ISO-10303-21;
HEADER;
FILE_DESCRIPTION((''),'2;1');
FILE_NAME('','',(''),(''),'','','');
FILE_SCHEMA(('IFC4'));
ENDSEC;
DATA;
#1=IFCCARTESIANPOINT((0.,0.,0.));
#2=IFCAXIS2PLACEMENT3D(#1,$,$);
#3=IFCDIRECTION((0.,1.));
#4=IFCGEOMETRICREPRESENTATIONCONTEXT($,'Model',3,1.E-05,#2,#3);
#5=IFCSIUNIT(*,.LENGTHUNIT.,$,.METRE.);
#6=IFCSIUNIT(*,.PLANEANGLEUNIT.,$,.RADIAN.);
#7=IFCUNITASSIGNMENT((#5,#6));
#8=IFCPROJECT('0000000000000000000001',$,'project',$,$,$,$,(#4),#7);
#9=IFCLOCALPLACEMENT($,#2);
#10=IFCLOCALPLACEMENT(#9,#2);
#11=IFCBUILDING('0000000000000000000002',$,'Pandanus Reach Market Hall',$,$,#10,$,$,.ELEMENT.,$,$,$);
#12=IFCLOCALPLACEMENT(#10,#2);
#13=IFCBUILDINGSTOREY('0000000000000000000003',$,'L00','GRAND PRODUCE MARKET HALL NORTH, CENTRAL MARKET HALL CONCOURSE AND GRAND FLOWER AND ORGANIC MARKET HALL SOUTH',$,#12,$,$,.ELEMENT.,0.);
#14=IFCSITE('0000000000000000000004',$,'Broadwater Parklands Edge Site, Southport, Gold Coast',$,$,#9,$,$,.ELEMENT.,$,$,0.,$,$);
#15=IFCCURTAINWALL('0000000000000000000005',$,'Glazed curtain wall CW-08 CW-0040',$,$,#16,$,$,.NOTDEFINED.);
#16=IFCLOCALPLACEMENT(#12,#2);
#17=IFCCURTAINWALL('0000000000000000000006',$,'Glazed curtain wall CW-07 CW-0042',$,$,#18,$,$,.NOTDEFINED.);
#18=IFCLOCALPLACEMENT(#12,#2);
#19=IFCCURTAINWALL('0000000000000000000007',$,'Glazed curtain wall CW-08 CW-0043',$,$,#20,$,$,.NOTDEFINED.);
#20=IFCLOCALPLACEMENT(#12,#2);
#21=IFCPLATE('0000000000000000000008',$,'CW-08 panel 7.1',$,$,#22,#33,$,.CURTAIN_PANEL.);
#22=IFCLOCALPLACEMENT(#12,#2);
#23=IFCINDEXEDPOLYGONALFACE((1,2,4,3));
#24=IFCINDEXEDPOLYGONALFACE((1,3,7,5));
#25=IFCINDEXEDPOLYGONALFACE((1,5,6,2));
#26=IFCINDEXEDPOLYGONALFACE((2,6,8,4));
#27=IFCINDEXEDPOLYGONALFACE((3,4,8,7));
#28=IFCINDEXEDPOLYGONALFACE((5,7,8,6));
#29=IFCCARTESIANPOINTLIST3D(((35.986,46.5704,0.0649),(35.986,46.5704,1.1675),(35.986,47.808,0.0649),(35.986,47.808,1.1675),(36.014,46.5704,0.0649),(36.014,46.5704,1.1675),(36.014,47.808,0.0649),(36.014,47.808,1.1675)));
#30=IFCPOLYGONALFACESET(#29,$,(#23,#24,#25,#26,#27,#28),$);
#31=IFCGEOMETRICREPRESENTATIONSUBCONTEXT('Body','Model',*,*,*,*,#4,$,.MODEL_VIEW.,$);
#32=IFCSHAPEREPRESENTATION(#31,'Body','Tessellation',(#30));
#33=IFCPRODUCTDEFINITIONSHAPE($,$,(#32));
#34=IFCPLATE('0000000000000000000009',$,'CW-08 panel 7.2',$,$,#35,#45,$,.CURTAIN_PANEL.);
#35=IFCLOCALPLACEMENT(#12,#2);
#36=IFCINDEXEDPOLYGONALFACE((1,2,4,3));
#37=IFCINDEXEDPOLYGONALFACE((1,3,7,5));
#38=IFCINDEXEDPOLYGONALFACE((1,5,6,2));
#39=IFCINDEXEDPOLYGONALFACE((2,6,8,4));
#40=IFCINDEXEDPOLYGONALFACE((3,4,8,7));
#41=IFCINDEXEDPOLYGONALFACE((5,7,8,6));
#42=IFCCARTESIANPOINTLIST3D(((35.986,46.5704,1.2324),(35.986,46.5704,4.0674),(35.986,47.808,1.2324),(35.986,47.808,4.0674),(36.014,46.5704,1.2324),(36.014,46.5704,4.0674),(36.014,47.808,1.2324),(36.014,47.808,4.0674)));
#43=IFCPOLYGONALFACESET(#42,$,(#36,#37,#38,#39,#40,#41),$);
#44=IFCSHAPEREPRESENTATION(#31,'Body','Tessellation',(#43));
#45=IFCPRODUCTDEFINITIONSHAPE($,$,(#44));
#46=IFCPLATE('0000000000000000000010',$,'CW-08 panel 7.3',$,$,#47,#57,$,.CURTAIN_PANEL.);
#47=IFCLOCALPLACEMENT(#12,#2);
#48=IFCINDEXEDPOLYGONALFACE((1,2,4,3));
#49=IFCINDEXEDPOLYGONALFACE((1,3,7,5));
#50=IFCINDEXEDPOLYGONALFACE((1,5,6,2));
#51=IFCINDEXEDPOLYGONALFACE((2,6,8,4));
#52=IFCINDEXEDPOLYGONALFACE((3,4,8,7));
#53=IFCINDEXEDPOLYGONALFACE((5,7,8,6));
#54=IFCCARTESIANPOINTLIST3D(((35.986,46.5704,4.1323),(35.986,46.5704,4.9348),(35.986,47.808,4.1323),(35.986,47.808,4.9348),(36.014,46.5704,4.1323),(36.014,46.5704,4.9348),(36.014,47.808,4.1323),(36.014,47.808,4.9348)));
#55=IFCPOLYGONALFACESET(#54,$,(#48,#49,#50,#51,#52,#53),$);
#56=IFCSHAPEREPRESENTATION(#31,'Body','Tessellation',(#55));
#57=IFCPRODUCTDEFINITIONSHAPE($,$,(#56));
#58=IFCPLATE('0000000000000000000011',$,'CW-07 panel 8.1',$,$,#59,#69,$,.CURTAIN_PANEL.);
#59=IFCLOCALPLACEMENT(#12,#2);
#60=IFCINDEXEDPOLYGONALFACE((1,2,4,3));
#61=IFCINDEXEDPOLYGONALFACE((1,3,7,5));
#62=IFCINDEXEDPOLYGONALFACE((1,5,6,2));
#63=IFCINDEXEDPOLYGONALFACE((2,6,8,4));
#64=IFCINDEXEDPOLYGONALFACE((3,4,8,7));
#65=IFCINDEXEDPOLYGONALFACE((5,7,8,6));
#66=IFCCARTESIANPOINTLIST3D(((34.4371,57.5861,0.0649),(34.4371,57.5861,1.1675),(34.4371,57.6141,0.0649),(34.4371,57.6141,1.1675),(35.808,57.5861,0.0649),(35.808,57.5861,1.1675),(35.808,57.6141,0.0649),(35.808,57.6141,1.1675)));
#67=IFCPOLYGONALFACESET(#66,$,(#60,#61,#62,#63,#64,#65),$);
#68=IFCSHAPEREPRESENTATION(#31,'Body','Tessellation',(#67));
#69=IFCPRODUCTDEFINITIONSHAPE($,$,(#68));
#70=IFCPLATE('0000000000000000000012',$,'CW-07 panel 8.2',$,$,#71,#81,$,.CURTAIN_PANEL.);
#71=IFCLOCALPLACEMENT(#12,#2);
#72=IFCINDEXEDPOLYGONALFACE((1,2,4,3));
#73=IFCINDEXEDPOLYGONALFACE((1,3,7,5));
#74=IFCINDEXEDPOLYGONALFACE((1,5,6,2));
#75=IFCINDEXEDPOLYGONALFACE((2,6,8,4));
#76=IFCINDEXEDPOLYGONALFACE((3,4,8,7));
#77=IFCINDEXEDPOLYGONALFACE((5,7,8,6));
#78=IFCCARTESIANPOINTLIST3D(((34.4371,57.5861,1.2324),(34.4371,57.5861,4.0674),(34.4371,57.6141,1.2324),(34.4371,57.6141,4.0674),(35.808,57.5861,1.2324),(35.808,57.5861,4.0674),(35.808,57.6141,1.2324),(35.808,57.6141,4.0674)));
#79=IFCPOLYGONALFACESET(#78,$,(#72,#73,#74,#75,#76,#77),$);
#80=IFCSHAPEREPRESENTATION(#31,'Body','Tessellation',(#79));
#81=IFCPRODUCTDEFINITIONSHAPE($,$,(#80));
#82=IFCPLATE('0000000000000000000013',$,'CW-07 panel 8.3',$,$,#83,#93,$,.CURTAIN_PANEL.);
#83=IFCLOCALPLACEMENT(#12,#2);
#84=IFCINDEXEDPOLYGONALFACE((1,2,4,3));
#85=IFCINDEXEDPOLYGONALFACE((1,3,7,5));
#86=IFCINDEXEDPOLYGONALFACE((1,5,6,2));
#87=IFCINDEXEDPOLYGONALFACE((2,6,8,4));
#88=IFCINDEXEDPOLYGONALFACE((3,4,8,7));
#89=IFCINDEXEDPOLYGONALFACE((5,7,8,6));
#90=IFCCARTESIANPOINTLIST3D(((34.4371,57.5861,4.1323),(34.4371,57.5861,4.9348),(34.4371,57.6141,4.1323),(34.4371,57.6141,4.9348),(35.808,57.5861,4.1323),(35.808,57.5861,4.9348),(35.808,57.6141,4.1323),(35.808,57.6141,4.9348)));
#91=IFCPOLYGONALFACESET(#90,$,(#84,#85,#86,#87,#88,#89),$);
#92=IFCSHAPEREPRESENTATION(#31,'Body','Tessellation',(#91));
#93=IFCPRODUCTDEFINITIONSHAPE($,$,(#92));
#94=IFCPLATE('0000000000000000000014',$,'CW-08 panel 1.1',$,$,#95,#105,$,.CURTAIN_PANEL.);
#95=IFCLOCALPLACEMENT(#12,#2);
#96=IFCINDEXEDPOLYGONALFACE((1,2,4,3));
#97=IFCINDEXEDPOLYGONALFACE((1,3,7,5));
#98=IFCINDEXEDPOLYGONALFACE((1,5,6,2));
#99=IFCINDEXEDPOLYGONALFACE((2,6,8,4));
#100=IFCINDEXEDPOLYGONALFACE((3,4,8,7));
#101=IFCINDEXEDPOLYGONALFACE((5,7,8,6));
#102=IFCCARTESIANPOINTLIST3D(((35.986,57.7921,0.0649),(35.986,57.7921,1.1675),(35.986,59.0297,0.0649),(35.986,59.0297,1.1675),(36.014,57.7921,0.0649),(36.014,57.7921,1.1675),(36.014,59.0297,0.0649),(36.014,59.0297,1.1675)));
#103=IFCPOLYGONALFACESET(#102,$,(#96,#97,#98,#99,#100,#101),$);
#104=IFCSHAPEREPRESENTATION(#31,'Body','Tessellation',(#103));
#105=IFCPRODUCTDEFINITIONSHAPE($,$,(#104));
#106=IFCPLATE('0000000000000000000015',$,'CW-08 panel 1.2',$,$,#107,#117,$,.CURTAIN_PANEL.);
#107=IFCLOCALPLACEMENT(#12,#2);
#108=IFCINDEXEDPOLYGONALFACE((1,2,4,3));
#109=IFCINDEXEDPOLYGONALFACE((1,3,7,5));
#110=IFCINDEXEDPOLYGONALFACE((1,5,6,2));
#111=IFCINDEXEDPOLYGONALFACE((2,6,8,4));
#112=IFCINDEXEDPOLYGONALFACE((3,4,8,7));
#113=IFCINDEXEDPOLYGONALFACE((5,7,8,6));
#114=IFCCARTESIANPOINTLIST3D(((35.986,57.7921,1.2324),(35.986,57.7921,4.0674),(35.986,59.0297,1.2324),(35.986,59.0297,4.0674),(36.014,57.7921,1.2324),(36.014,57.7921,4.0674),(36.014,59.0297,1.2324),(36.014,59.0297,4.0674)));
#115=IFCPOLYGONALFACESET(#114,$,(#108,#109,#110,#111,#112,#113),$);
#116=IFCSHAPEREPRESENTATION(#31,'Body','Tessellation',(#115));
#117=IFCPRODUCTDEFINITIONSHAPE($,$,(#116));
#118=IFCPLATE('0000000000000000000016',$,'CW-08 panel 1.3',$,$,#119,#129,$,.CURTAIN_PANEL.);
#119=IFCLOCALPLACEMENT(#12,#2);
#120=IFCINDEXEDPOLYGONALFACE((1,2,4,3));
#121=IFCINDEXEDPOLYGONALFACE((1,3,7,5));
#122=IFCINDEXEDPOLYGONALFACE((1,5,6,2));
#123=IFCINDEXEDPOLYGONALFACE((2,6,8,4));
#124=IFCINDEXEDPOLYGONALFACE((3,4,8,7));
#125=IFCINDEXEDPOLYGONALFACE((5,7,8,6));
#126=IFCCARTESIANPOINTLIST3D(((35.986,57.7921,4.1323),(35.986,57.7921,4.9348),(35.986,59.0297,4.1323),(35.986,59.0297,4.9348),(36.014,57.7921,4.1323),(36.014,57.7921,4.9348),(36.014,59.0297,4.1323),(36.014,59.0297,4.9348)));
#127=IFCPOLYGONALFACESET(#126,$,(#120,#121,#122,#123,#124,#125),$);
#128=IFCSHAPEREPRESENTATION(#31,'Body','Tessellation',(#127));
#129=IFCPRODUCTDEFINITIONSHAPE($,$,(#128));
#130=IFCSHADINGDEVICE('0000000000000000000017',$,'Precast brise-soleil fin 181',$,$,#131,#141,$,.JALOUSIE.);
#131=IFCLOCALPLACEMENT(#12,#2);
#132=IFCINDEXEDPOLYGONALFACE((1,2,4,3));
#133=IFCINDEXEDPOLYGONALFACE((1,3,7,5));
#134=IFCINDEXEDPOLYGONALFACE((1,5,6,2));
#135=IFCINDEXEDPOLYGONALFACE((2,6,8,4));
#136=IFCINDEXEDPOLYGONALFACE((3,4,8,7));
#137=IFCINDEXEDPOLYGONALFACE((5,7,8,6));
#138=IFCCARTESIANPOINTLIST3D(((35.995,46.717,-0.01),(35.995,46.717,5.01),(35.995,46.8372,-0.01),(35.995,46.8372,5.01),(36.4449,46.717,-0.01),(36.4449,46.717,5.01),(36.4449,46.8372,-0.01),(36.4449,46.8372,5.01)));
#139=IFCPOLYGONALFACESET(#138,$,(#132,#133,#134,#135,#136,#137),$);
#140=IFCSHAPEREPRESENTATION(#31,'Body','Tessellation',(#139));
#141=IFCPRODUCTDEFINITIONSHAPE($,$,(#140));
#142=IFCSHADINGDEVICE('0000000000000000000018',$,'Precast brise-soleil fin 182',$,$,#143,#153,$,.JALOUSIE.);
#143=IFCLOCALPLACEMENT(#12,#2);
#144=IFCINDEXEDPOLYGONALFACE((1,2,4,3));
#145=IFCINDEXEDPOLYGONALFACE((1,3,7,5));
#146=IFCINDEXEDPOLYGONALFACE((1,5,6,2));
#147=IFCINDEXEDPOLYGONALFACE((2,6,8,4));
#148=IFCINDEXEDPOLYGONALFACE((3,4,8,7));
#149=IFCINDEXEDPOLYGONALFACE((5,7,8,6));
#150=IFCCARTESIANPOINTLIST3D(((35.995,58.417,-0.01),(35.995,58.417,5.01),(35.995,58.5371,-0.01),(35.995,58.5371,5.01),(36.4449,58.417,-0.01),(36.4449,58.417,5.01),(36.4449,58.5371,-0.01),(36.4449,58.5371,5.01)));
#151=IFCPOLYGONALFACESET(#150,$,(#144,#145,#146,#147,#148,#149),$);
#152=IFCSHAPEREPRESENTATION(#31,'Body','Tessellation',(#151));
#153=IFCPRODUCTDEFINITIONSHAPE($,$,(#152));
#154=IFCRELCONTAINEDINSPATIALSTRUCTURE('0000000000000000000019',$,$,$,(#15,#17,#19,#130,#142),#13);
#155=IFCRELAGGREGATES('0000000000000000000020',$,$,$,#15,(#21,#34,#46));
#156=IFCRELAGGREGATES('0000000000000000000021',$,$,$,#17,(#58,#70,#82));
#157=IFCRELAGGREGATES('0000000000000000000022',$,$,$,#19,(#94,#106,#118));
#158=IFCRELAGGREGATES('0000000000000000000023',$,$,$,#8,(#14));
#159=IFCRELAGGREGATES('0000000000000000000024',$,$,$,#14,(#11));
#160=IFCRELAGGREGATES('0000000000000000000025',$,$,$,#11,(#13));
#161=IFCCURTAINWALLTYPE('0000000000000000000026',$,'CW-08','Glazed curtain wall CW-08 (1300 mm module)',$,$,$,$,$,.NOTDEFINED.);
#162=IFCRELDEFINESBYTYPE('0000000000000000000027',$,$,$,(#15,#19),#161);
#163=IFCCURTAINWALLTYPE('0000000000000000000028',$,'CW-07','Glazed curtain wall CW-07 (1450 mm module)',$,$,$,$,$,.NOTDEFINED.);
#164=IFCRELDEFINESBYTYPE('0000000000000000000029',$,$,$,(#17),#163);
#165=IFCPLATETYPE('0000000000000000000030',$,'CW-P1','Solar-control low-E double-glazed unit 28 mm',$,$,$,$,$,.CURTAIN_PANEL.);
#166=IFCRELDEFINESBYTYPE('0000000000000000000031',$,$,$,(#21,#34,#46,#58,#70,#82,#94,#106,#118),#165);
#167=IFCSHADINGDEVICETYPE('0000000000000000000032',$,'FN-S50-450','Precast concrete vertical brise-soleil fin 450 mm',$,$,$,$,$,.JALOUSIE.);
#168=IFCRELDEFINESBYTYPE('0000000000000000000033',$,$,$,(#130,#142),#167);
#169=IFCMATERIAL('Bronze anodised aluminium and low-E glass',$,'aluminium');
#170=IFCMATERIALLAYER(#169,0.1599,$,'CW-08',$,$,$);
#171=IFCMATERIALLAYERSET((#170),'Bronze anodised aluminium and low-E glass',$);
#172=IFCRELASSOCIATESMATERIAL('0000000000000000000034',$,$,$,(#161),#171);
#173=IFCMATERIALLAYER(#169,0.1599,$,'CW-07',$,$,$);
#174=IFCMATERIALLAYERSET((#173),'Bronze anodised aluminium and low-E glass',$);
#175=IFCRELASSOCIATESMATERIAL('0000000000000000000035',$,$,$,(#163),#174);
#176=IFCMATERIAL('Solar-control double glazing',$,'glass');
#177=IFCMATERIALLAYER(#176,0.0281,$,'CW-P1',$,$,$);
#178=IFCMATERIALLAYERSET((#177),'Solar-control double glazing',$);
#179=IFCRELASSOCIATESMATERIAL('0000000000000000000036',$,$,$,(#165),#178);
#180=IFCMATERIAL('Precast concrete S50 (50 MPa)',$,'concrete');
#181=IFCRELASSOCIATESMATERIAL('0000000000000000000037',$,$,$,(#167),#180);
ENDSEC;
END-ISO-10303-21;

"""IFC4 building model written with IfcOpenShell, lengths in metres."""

from ifc_helpers import new_model, si_unit, direction, frame, origin, origin_2d, place, context, subcontext, project, spatial, rectangle, extrude, material, layer, layer_set, type_object, element, aggregate, save


model = new_model("IFC4")

# Units and contexts
model_context = context("Model", 3, precision=1e-05, world=origin(), true_north=direction((0.0, 1.0)))
body_context = subcontext(model_context, "Body", "Model", "MODEL_VIEW")
ifc_project = project(units=[si_unit("LENGTHUNIT", "METRE"), si_unit("PLANEANGLEUNIT", "RADIAN")], contexts=[model_context])

# Site, building, storey
site_placement = place(None, origin())
site = spatial("IfcSite", under=ifc_project, at=site_placement, Name="Broadwater Parklands Edge Site, Southport, Gold Coast", CompositionType="ELEMENT", RefElevation=0.0)
building_placement = place(site_placement, origin())
building = spatial("IfcBuilding", under=site, at=building_placement, Name="Pandanus Reach Market Hall", CompositionType="ELEMENT")
storey_placement = place(building_placement, origin())
storey = spatial("IfcBuildingStorey", under=building, at=storey_placement, Name="L00", Description="GRAND PRODUCE MARKET HALL NORTH, CENTRAL MARKET HALL CONCOURSE AND GRAND FLOWER AND ORGANIC MARKET HALL SOUTH", CompositionType="ELEMENT", Elevation=0.0)

# Shared definitions
ifc_material_1 = material(Name="Precast concrete S50 (50 MPa)", Category="concrete")

# Curtain walls
ifc_material_2 = material(Name="Bronze anodised aluminium and low-E glass", Category="aluminium")
ifc_layer_1 = layer(ifc_material_2, 0.1599, Name="CW-08")
ifc_layer_set_1 = layer_set([ifc_layer_1], Name="Bronze anodised aluminium and low-E glass")
curtain_wall_type_1 = type_object("IfcCurtainWallType", Name="CW-08", Description="Glazed curtain wall CW-08 (1300 mm module)", PredefinedType="NOTDEFINED", material=ifc_layer_set_1)
curtain_wall_1_placement = place(storey_placement, origin())
curtain_wall_1 = element("IfcCurtainWall", 1, at=curtain_wall_1_placement, inside=storey, type_object=curtain_wall_type_1, Name="Glazed curtain wall CW-08 CW-0040", PredefinedType="NOTDEFINED")
ifc_layer_2 = layer(ifc_material_2, 0.1599, Name="CW-07")
ifc_layer_set_2 = layer_set([ifc_layer_2], Name="Bronze anodised aluminium and low-E glass")
curtain_wall_type_2 = type_object("IfcCurtainWallType", Name="CW-07", Description="Glazed curtain wall CW-07 (1450 mm module)", PredefinedType="NOTDEFINED", material=ifc_layer_set_2)
curtain_wall_2_placement = place(storey_placement, origin())
curtain_wall_2 = element("IfcCurtainWall", 2, at=curtain_wall_2_placement, inside=storey, type_object=curtain_wall_type_2, Name="Glazed curtain wall CW-07 CW-0042", PredefinedType="NOTDEFINED")
curtain_wall_3_placement = place(storey_placement, origin())
curtain_wall_3 = element("IfcCurtainWall", 3, at=curtain_wall_3_placement, inside=storey, type_object=curtain_wall_type_1, Name="Glazed curtain wall CW-08 CW-0043", PredefinedType="NOTDEFINED")

# Plates
ifc_material_3 = material(Name="Solar-control double glazing", Category="glass")
ifc_layer_3 = layer(ifc_material_3, 0.0281, Name="CW-P1")
ifc_layer_set_3 = layer_set([ifc_layer_3], Name="Solar-control double glazing")
plate_type = type_object("IfcPlateType", Name="CW-P1", Description="Solar-control low-E double-glazed unit 28 mm", PredefinedType="CURTAIN_PANEL", material=ifc_layer_set_3)
plate_1_placement = place(storey_placement, frame((36.0, 47.1892, 0.0649), z_axis=(0.0, 0.0, 1.0), x_axis=(0.0, 1.0, 0.0)))
plate_1 = element("IfcPlate", 4, at=plate_1_placement, type_object=plate_type, Name="CW-08 panel 7.1", PredefinedType="CURTAIN_PANEL", context=body_context, shape_type="SweptSolid", body=[
    extrude(rectangle(XDim=1.2375, YDim=0.0281, at=origin_2d()), origin(), (0.0, 0.0, 1.0), 1.1025),
])
plate_2_placement = place(storey_placement, frame((36.0, 47.1892, 1.2324), z_axis=(0.0, 0.0, 1.0), x_axis=(0.0, 1.0, 0.0)))
plate_2 = element("IfcPlate", 5, at=plate_2_placement, type_object=plate_type, Name="CW-08 panel 7.2", PredefinedType="CURTAIN_PANEL", context=body_context, shape_type="SweptSolid", body=[
    extrude(rectangle(XDim=1.2375, YDim=0.0281, at=origin_2d()), origin(), (0.0, 0.0, 1.0), 2.835),
])
plate_3_placement = place(storey_placement, frame((36.0, 47.1892, 4.1323), z_axis=(0.0, 0.0, 1.0), x_axis=(0.0, 1.0, 0.0)))
plate_3 = element("IfcPlate", 6, at=plate_3_placement, type_object=plate_type, Name="CW-08 panel 7.3", PredefinedType="CURTAIN_PANEL", context=body_context, shape_type="SweptSolid", body=[
    extrude(rectangle(XDim=1.2375, YDim=0.0281, at=origin_2d()), origin(), (0.0, 0.0, 1.0), 0.8025),
])
aggregate(curtain_wall_1, [plate_1, plate_2, plate_3])
plate_4_placement = place(storey_placement, frame((35.1226, 57.6001, 0.0649), z_axis=(0.0, 0.0, 1.0), x_axis=(1.0, 0.0, 0.0)))
plate_4 = element("IfcPlate", 7, at=plate_4_placement, type_object=plate_type, Name="CW-07 panel 8.1", PredefinedType="CURTAIN_PANEL", context=body_context, shape_type="SweptSolid", body=[
    extrude(rectangle(XDim=1.3708, YDim=0.0281, at=origin_2d()), origin(), (0.0, 0.0, 1.0), 1.1025),
])
plate_5_placement = place(storey_placement, frame((35.1226, 57.6001, 1.2324), z_axis=(0.0, 0.0, 1.0), x_axis=(1.0, 0.0, 0.0)))
plate_5 = element("IfcPlate", 8, at=plate_5_placement, type_object=plate_type, Name="CW-07 panel 8.2", PredefinedType="CURTAIN_PANEL", context=body_context, shape_type="SweptSolid", body=[
    extrude(rectangle(XDim=1.3708, YDim=0.0281, at=origin_2d()), origin(), (0.0, 0.0, 1.0), 2.835),
])
plate_6_placement = place(storey_placement, frame((35.1226, 57.6001, 4.1323), z_axis=(0.0, 0.0, 1.0), x_axis=(1.0, 0.0, 0.0)))
plate_6 = element("IfcPlate", 9, at=plate_6_placement, type_object=plate_type, Name="CW-07 panel 8.3", PredefinedType="CURTAIN_PANEL", context=body_context, shape_type="SweptSolid", body=[
    extrude(rectangle(XDim=1.3708, YDim=0.0281, at=origin_2d()), origin(), (0.0, 0.0, 1.0), 0.8025),
])
aggregate(curtain_wall_2, [plate_4, plate_5, plate_6])
plate_7_placement = place(storey_placement, frame((36.0, 58.4109, 0.0649), z_axis=(0.0, 0.0, 1.0), x_axis=(0.0, 1.0, 0.0)))
plate_7 = element("IfcPlate", 10, at=plate_7_placement, type_object=plate_type, Name="CW-08 panel 1.1", PredefinedType="CURTAIN_PANEL", context=body_context, shape_type="SweptSolid", body=[
    extrude(rectangle(XDim=1.2375, YDim=0.0281, at=origin_2d()), origin(), (0.0, 0.0, 1.0), 1.1025),
])
plate_8_placement = place(storey_placement, frame((36.0, 58.4109, 1.2324), z_axis=(0.0, 0.0, 1.0), x_axis=(0.0, 1.0, 0.0)))
plate_8 = element("IfcPlate", 11, at=plate_8_placement, type_object=plate_type, Name="CW-08 panel 1.2", PredefinedType="CURTAIN_PANEL", context=body_context, shape_type="SweptSolid", body=[
    extrude(rectangle(XDim=1.2375, YDim=0.0281, at=origin_2d()), origin(), (0.0, 0.0, 1.0), 2.835),
])
plate_9_placement = place(storey_placement, frame((36.0, 58.4109, 4.1323), z_axis=(0.0, 0.0, 1.0), x_axis=(0.0, 1.0, 0.0)))
plate_9 = element("IfcPlate", 12, at=plate_9_placement, type_object=plate_type, Name="CW-08 panel 1.3", PredefinedType="CURTAIN_PANEL", context=body_context, shape_type="SweptSolid", body=[
    extrude(rectangle(XDim=1.2375, YDim=0.0281, at=origin_2d()), origin(), (0.0, 0.0, 1.0), 0.8025),
])
aggregate(curtain_wall_3, [plate_7, plate_8, plate_9])

# Shading devices
shading_device_type = type_object("IfcShadingDeviceType", Name="FN-S50-450", Description="Precast concrete vertical brise-soleil fin 450 mm", PredefinedType="JALOUSIE", material=ifc_material_1)
for number, where, z_axis, x_axis, name in (
    (13, (36.22, 46.7771, -0.01), (0.0, 0.0, 1.0), (1.0, 0.0, 0.0), "Precast brise-soleil fin 181"),
    (14, (36.22, 58.4771, -0.01), (0.0, 0.0, 1.0), (1.0, 0.0, 0.0), "Precast brise-soleil fin 182"),
):
    element("IfcShadingDevice", number, at=place(storey_placement, frame(where, z_axis=z_axis, x_axis=x_axis)), inside=storey, type_object=shading_device_type, Name=name, PredefinedType="JALOUSIE", context=body_context, shape_type="SweptSolid", body=[
        extrude(rectangle(XDim=0.45, YDim=0.1201, at=origin_2d()), origin(), (0.0, 0.0, 1.0), 5.02),
    ])

save(model, "model.ifc")
